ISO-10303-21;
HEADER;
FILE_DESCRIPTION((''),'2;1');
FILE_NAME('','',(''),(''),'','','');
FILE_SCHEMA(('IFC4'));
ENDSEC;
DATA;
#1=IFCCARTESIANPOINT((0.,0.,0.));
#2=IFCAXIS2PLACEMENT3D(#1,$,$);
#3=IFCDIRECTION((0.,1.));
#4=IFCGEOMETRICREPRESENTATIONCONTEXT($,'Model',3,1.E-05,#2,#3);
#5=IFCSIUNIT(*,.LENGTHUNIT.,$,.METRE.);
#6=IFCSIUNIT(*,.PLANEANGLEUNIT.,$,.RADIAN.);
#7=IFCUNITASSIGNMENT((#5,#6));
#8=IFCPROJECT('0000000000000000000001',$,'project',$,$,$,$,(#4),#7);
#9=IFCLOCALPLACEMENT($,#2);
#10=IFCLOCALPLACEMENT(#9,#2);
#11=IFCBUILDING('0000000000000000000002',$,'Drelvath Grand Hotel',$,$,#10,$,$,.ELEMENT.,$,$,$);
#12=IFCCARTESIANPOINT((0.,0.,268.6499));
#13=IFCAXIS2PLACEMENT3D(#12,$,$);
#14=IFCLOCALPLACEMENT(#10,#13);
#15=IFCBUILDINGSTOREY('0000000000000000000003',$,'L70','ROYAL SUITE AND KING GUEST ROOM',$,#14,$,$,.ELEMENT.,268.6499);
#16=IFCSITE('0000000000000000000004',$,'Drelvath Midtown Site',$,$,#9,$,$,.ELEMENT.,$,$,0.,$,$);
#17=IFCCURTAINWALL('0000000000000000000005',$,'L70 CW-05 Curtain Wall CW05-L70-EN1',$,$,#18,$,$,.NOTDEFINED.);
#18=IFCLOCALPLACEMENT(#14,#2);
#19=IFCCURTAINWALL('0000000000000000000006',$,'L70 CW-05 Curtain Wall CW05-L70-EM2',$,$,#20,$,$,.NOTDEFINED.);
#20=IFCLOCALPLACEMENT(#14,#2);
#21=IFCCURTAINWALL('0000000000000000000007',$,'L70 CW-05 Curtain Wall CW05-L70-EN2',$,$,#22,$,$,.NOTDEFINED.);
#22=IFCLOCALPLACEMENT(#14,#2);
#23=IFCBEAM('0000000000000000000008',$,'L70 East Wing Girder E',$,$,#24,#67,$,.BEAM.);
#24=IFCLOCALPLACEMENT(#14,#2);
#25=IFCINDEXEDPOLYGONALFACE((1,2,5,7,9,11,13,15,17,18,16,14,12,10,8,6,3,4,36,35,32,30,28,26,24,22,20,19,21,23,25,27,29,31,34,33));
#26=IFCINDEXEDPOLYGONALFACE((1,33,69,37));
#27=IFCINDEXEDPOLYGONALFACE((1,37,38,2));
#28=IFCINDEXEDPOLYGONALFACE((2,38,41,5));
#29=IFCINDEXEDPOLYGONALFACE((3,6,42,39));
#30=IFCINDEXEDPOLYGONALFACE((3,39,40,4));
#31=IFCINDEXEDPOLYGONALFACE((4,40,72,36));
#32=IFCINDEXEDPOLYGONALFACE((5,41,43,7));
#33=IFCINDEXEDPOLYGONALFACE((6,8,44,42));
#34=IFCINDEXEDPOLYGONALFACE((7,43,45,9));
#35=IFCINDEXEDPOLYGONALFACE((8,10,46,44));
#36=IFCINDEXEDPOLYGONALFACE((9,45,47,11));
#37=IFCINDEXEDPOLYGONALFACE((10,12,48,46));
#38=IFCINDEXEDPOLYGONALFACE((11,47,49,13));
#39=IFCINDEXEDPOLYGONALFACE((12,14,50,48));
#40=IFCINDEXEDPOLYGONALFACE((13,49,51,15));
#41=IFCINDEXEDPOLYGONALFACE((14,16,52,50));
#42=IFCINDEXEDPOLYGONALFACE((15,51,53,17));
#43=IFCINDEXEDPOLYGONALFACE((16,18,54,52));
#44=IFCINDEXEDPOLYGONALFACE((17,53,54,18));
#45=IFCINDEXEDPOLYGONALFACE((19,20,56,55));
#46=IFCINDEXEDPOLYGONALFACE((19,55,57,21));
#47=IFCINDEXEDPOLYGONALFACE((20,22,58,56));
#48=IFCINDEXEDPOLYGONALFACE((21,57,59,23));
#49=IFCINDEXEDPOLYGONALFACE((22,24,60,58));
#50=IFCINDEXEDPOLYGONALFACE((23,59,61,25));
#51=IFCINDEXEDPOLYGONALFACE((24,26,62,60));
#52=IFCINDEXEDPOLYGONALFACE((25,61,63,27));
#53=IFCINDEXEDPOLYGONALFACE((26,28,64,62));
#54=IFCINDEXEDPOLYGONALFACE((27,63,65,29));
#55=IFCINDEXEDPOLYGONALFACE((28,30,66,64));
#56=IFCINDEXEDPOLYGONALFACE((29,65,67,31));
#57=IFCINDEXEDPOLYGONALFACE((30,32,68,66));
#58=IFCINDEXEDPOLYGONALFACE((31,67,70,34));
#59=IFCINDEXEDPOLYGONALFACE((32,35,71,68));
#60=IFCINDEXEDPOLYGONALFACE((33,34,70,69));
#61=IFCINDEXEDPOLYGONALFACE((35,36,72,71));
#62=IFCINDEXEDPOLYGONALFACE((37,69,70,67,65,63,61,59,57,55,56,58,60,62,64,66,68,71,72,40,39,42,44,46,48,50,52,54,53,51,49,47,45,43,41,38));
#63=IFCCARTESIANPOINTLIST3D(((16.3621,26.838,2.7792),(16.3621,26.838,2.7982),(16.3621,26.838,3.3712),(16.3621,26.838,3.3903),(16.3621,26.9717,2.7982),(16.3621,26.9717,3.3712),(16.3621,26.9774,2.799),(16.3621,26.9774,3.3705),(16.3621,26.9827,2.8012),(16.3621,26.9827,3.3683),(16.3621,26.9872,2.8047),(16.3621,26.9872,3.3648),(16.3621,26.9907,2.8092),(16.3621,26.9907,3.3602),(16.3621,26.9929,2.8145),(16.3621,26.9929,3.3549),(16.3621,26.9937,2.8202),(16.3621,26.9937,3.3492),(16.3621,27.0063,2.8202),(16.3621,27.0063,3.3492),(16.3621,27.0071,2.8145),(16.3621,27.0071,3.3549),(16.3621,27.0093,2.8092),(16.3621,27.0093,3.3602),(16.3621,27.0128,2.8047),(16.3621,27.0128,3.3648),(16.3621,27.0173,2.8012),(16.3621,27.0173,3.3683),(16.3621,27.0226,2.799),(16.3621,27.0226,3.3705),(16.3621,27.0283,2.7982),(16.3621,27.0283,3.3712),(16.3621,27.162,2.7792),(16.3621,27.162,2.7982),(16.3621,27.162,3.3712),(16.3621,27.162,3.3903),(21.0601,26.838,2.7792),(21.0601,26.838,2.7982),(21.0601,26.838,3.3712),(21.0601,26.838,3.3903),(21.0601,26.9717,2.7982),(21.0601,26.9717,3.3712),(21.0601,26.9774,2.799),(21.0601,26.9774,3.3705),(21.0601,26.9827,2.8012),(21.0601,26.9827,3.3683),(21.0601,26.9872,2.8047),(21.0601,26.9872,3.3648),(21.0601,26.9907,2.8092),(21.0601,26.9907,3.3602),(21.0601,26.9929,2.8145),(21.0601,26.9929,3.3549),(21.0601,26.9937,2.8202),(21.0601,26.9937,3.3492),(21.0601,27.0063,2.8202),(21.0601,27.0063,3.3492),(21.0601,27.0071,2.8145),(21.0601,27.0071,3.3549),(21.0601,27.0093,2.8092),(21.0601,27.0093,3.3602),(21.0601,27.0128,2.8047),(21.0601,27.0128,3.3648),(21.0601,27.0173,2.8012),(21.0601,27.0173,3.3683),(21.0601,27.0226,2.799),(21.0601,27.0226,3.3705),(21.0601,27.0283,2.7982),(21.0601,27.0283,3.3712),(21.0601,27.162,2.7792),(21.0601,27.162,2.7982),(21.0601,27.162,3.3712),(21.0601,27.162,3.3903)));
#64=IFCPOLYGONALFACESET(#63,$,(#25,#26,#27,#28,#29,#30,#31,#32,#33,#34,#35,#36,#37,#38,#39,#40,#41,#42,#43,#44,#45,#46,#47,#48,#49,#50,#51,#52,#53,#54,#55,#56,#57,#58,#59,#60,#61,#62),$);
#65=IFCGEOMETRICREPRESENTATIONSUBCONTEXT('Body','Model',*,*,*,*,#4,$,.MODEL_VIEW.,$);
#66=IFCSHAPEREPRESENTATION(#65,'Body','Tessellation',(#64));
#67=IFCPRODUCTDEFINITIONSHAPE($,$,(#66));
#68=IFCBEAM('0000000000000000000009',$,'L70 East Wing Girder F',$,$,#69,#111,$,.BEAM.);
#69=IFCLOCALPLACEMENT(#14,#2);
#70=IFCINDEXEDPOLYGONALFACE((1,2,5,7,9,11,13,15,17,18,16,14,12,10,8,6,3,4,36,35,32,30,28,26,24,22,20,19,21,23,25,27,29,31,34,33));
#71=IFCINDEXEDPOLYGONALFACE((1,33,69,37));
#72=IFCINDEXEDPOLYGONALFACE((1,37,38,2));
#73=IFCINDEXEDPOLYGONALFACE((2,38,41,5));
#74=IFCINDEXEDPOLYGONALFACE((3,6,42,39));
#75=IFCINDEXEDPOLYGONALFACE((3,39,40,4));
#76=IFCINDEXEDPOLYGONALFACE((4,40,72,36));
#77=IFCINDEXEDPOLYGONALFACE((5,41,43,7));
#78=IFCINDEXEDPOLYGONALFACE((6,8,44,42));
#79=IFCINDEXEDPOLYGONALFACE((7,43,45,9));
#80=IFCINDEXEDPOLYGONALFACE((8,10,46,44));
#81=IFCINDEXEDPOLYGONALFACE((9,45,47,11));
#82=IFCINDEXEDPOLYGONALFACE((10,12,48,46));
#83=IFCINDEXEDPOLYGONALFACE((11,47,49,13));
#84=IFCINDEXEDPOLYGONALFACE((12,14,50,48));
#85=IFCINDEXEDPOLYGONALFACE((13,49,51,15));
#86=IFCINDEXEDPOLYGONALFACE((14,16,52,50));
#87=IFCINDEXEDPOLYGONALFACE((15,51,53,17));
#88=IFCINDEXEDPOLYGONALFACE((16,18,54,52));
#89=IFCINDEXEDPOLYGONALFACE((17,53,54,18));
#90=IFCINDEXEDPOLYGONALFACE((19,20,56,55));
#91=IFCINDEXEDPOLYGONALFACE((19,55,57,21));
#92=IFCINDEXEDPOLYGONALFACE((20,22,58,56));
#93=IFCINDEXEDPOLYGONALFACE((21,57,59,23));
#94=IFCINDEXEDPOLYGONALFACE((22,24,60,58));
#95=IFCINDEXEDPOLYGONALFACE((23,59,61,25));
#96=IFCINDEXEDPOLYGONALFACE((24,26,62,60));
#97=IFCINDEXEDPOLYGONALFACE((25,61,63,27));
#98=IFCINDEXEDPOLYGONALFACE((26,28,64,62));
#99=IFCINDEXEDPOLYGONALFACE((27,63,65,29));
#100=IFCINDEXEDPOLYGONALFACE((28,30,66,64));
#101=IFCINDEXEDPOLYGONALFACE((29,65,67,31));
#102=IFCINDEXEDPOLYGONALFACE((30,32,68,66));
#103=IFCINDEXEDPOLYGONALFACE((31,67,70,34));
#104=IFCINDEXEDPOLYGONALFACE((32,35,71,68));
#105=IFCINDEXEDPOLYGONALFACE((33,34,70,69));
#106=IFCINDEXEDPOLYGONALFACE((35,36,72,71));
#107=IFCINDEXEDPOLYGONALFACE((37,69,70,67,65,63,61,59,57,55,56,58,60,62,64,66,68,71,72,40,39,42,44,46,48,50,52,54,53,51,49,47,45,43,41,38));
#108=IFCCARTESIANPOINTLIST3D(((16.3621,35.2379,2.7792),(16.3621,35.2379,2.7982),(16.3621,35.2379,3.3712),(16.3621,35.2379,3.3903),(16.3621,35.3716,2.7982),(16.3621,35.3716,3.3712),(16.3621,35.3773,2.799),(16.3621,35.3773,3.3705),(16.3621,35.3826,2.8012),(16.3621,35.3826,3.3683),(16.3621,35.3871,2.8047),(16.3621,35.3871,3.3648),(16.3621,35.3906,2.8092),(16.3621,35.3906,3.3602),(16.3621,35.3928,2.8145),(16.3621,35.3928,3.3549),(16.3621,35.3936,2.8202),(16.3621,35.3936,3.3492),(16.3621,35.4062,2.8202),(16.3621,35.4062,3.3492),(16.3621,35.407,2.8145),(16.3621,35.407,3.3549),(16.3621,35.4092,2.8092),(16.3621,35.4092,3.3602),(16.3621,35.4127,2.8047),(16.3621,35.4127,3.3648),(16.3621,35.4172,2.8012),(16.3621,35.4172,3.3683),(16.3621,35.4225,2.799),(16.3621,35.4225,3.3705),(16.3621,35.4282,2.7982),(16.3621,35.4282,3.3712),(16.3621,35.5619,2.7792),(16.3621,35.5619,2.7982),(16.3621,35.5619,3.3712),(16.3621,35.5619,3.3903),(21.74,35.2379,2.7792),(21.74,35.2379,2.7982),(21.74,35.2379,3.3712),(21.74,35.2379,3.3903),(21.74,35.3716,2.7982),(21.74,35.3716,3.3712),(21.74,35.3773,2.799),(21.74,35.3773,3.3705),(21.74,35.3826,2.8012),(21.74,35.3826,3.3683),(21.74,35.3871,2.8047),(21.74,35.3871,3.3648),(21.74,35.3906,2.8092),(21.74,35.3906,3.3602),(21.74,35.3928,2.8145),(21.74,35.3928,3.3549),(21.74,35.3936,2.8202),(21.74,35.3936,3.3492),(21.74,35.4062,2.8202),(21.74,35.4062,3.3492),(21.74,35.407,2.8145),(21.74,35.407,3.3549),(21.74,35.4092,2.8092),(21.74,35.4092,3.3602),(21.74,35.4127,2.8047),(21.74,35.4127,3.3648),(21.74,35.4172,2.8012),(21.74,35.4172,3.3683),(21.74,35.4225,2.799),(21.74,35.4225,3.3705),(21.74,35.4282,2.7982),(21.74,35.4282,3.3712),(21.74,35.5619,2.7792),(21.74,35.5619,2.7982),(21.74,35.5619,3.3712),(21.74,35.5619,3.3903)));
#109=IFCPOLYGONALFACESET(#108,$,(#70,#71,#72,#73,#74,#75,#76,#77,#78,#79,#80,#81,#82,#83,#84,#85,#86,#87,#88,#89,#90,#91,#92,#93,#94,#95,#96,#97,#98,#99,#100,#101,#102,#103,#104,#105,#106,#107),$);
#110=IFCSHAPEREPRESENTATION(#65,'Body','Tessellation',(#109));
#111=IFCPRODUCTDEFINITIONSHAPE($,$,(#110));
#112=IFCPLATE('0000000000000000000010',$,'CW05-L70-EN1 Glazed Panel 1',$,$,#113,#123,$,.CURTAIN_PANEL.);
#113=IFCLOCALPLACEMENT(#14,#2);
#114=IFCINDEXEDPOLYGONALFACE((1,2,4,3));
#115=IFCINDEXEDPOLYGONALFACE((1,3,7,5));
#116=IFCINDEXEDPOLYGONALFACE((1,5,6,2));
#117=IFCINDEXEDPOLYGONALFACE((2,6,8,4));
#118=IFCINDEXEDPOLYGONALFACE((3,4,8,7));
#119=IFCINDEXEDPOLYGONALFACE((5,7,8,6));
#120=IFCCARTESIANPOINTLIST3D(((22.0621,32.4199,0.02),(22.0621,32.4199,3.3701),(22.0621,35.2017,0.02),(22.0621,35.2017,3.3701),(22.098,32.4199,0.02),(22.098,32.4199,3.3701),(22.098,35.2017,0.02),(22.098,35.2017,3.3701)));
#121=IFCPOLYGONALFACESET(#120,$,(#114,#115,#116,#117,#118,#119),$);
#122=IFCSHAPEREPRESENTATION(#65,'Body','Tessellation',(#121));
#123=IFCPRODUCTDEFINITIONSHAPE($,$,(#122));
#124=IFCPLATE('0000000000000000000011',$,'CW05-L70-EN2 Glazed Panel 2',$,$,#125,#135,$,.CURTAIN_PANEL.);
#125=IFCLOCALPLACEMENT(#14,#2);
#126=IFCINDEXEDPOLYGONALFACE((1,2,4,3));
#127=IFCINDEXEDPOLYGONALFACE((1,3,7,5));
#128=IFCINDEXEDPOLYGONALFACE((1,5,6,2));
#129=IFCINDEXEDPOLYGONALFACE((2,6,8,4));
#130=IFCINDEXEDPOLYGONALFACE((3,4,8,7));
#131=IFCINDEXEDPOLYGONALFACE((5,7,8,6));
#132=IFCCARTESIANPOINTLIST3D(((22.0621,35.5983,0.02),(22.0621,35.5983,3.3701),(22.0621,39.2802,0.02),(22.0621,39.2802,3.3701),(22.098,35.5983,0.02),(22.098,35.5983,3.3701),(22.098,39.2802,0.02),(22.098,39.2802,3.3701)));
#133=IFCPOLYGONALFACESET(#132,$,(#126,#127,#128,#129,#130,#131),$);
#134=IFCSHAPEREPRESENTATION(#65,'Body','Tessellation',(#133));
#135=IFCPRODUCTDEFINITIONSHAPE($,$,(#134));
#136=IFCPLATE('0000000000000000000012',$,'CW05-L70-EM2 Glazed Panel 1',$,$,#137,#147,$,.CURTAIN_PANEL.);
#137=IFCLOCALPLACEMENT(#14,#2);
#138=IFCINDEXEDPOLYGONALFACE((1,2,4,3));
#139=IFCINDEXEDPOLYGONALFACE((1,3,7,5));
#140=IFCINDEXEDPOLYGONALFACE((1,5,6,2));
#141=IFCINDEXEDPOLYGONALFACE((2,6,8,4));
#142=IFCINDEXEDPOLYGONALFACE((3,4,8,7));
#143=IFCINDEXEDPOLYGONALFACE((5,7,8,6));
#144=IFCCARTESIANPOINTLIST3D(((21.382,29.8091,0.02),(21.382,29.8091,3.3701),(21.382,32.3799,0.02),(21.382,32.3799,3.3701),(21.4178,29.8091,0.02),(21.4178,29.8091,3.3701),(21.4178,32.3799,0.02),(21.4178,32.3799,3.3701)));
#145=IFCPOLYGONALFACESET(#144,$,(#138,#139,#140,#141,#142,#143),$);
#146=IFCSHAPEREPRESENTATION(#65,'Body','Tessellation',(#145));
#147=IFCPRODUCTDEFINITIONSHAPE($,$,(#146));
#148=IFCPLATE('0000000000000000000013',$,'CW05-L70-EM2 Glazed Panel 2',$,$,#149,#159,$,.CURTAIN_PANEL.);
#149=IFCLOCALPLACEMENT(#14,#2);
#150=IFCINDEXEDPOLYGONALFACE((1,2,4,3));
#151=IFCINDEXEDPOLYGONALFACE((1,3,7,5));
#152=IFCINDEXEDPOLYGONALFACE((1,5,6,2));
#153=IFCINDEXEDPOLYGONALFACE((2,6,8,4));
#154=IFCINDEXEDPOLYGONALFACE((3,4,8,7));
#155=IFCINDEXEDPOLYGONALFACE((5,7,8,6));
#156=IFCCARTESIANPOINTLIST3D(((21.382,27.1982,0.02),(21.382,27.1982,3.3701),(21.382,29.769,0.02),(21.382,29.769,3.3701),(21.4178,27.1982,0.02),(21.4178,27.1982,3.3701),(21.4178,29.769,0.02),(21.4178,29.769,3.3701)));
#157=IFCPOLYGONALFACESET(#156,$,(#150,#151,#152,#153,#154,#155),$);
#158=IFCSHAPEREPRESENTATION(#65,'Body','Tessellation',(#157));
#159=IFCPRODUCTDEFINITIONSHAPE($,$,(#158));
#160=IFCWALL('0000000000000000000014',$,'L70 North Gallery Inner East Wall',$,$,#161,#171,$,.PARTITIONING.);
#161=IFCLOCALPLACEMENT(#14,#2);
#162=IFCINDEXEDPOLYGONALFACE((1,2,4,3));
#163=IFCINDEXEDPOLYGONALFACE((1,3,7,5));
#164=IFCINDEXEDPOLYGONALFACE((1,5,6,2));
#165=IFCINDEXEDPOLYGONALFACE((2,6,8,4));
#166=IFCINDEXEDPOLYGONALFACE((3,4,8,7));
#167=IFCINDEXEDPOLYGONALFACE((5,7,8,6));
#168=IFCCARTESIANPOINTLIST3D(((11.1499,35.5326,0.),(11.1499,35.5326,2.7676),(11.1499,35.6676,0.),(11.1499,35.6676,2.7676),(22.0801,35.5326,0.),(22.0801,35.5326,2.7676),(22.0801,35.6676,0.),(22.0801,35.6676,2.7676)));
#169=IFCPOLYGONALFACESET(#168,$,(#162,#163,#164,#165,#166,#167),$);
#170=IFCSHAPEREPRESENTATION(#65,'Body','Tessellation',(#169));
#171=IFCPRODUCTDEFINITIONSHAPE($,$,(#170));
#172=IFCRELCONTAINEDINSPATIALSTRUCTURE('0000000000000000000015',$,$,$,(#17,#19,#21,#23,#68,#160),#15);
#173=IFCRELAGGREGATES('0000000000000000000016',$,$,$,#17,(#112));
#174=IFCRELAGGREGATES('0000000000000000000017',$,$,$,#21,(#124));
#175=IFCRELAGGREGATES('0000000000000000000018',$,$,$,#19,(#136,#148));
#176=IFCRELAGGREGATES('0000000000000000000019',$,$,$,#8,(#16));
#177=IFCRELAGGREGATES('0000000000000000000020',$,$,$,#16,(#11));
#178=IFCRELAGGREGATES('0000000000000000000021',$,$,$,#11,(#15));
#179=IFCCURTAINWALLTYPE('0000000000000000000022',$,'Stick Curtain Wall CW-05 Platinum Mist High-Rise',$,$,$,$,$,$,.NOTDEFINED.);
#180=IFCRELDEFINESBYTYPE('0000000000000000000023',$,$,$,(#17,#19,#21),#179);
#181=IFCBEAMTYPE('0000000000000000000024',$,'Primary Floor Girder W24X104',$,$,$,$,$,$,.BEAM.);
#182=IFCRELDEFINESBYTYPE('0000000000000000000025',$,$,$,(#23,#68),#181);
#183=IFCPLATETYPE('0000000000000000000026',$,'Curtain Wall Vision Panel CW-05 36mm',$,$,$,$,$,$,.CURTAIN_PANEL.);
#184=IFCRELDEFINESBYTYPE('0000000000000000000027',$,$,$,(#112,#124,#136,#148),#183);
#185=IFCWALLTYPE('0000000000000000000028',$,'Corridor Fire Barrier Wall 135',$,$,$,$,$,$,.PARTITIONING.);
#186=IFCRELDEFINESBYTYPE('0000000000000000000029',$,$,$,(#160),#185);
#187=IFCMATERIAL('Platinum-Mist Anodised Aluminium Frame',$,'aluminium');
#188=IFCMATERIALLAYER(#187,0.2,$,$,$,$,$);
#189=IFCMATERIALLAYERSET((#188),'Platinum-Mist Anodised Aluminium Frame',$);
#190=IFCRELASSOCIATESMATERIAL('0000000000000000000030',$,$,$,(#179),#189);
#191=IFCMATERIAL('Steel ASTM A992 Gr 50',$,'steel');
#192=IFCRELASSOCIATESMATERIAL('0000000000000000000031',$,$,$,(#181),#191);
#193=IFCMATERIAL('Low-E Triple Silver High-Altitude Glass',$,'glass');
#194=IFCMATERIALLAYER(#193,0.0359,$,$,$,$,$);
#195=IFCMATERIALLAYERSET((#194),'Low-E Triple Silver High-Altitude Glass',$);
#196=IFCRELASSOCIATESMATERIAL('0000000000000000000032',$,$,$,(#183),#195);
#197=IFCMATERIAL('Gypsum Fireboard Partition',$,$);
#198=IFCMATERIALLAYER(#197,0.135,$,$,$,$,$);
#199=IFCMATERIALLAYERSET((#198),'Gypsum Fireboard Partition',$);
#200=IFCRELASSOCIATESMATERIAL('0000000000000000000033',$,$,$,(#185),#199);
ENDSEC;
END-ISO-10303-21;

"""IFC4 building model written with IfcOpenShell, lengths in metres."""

from ifc_helpers import new_model, si_unit, direction, frame, frame_2d, origin, origin_2d, place, context, subcontext, project, spatial, rectangle, i_section, extrude, material, layer, layer_set, material_profile, profile_set, type_object, element, aggregate, save


model = new_model("IFC4")

# Units and contexts
model_context = context("Model", 3, precision=1e-05, world=origin(), true_north=direction((0.0, 1.0)))
body_context = subcontext(model_context, "Body", "Model", "MODEL_VIEW")
ifc_project = project(units=[si_unit("LENGTHUNIT", "METRE"), si_unit("PLANEANGLEUNIT", "RADIAN")], contexts=[model_context])

# Site, building, storey
site_placement = place(None, origin())
site = spatial("IfcSite", under=ifc_project, at=site_placement, Name="Drelvath Midtown Site", CompositionType="ELEMENT", RefElevation=0.0)
building_placement = place(site_placement, origin())
building = spatial("IfcBuilding", under=site, at=building_placement, Name="Drelvath Grand Hotel", CompositionType="ELEMENT")
storey_placement = place(building_placement, frame((0.0, 0.0, 268.6499)))
storey = spatial("IfcBuildingStorey", under=building, at=storey_placement, Name="L70", Description="ROYAL SUITE AND KING GUEST ROOM", CompositionType="ELEMENT", Elevation=268.6499)

# Curtain walls
ifc_material_1 = material(Name="Platinum-Mist Anodised Aluminium Frame", Category="aluminium")
ifc_layer_1 = layer(ifc_material_1, 0.2)
ifc_layer_set_1 = layer_set([ifc_layer_1], Name="Platinum-Mist Anodised Aluminium Frame")
curtain_wall_type = type_object("IfcCurtainWallType", Name="Stick Curtain Wall CW-05 Platinum Mist High-Rise", PredefinedType="NOTDEFINED", material=ifc_layer_set_1)
curtain_wall_1_placement = place(storey_placement, origin())
curtain_wall_1 = element("IfcCurtainWall", 1, at=curtain_wall_1_placement, inside=storey, type_object=curtain_wall_type, Name="L70 CW-05 Curtain Wall CW05-L70-EN1", PredefinedType="NOTDEFINED")
curtain_wall_2_placement = place(storey_placement, origin())
curtain_wall_2 = element("IfcCurtainWall", 2, at=curtain_wall_2_placement, inside=storey, type_object=curtain_wall_type, Name="L70 CW-05 Curtain Wall CW05-L70-EM2", PredefinedType="NOTDEFINED")

# Curtain wall
curtain_wall_3_placement = place(storey_placement, origin())
curtain_wall_3 = element("IfcCurtainWall", 3, at=curtain_wall_3_placement, inside=storey, type_object=curtain_wall_type, Name="L70 CW-05 Curtain Wall CW05-L70-EN2", PredefinedType="NOTDEFINED")

# Beams
ifc_material_2 = material(Name="Steel ASTM A992 Gr 50", Category="steel")
ifc_material_profile_1 = material_profile(ifc_material_2, i_section(OverallWidth=0.324, OverallDepth=0.6111, WebThickness=0.0127, FlangeThickness=0.019, FilletRadius=0.022, at=origin_2d()), Name="W24X104")
ifc_profile_set_1 = profile_set([ifc_material_profile_1], Name="Steel ASTM A992 Gr 50")
beam_type_1 = type_object("IfcBeamType", Name="Primary Floor Girder W24X104", PredefinedType="BEAM", material=ifc_profile_set_1)
beam_1_placement = place(storey_placement, frame((16.3621, 27.0, 3.0847), z_axis=(1.0, 0.0, 0.0), x_axis=(0.0, 1.0, 0.0)))
element("IfcBeam", 4, at=beam_1_placement, inside=storey, type_object=beam_type_1, Name="L70 East Wing Girder E", PredefinedType="BEAM", context=body_context, shape_type="SweptSolid", body=[
    extrude(i_section(OverallWidth=0.324, OverallDepth=0.6111, WebThickness=0.0127, FlangeThickness=0.019, FilletRadius=0.022, at=origin_2d()), origin(), (0.0, 0.0, 1.0), 4.698),
])
beam_2_placement = place(storey_placement, frame((16.3621, 35.3999, 3.0847), z_axis=(1.0, 0.0, 0.0), x_axis=(0.0, 1.0, 0.0)))
element("IfcBeam", 5, at=beam_2_placement, inside=storey, type_object=beam_type_1, Name="L70 East Wing Girder F", PredefinedType="BEAM", context=body_context, shape_type="SweptSolid", body=[
    extrude(i_section(OverallWidth=0.324, OverallDepth=0.6111, WebThickness=0.0127, FlangeThickness=0.019, FilletRadius=0.022, at=origin_2d()), origin(), (0.0, 0.0, 1.0), 5.3779),
])

# Plates
ifc_material_3 = material(Name="Low-E Triple Silver High-Altitude Glass", Category="glass")
ifc_layer_2 = layer(ifc_material_3, 0.0359)
ifc_layer_set_2 = layer_set([ifc_layer_2], Name="Low-E Triple Silver High-Altitude Glass")
plate_type = type_object("IfcPlateType", Name="Curtain Wall Vision Panel CW-05 36mm", PredefinedType="CURTAIN_PANEL", material=ifc_layer_set_2)
plate_1_placement = place(storey_placement, frame((22.0801, 33.8108, 0.02), z_axis=(0.0, 0.0, 1.0), x_axis=(0.0, -1.0, 0.0)))
plate_1 = element("IfcPlate", 6, at=plate_1_placement, type_object=plate_type, Name="CW05-L70-EN1 Glazed Panel 1", PredefinedType="CURTAIN_PANEL", context=body_context, shape_type="SweptSolid", body=[
    extrude(rectangle(XDim=2.7817, YDim=0.0359, at=origin_2d()), origin(), (0.0, 0.0, 1.0), 3.3501),
])
aggregate(curtain_wall_1, [plate_1])
plate_2_placement = place(storey_placement, frame((22.0801, 37.4392, 0.02), z_axis=(0.0, 0.0, 1.0), x_axis=(0.0, -1.0, 0.0)))
plate_2 = element("IfcPlate", 7, at=plate_2_placement, type_object=plate_type, Name="CW05-L70-EN2 Glazed Panel 2", PredefinedType="CURTAIN_PANEL", context=body_context, shape_type="SweptSolid", body=[
    extrude(rectangle(XDim=3.6819, YDim=0.0359, at=origin_2d()), origin(), (0.0, 0.0, 1.0), 3.3501),
])
aggregate(curtain_wall_3, [plate_2])
plate_3_placement = place(storey_placement, frame((21.3999, 31.0945, 0.02), z_axis=(0.0, 0.0, 1.0), x_axis=(0.0, -1.0, 0.0)))
plate_3 = element("IfcPlate", 8, at=plate_3_placement, type_object=plate_type, Name="CW05-L70-EM2 Glazed Panel 1", PredefinedType="CURTAIN_PANEL", context=body_context, shape_type="SweptSolid", body=[
    extrude(rectangle(XDim=2.5708, YDim=0.0359, at=origin_2d()), origin(), (0.0, 0.0, 1.0), 3.3501),
])
plate_4_placement = place(storey_placement, frame((21.3999, 28.4836, 0.02), z_axis=(0.0, 0.0, 1.0), x_axis=(0.0, -1.0, 0.0)))
plate_4 = element("IfcPlate", 9, at=plate_4_placement, type_object=plate_type, Name="CW05-L70-EM2 Glazed Panel 2", PredefinedType="CURTAIN_PANEL", context=body_context, shape_type="SweptSolid", body=[
    extrude(rectangle(XDim=2.5708, YDim=0.0359, at=origin_2d()), origin(), (0.0, 0.0, 1.0), 3.3501),
])
aggregate(curtain_wall_2, [plate_3, plate_4])

# Wall
ifc_material_4 = material(Name="Gypsum Fireboard Partition")
ifc_layer_3 = layer(ifc_material_4, 0.135)
ifc_layer_set_3 = layer_set([ifc_layer_3], Name="Gypsum Fireboard Partition")
wall_type_1 = type_object("IfcWallType", Name="Corridor Fire Barrier Wall 135", PredefinedType="PARTITIONING", material=ifc_layer_set_3)
wall_1_placement = place(storey_placement, frame((11.1499, 35.6001, 0.0), z_axis=(0.0, 0.0, 1.0), x_axis=(1.0, 0.0, 0.0)))
element("IfcWall", 10, at=wall_1_placement, inside=storey, type_object=wall_type_1, Name="L70 North Gallery Inner East Wall", PredefinedType="PARTITIONING", context=body_context, shape_type="SweptSolid", body=[
    extrude(rectangle(XDim=10.9302, YDim=0.135, at=frame_2d((5.4651, 0.0))), origin(), (0.0, 0.0, 1.0), 2.7676),
])

save(model, "model.ifc")
